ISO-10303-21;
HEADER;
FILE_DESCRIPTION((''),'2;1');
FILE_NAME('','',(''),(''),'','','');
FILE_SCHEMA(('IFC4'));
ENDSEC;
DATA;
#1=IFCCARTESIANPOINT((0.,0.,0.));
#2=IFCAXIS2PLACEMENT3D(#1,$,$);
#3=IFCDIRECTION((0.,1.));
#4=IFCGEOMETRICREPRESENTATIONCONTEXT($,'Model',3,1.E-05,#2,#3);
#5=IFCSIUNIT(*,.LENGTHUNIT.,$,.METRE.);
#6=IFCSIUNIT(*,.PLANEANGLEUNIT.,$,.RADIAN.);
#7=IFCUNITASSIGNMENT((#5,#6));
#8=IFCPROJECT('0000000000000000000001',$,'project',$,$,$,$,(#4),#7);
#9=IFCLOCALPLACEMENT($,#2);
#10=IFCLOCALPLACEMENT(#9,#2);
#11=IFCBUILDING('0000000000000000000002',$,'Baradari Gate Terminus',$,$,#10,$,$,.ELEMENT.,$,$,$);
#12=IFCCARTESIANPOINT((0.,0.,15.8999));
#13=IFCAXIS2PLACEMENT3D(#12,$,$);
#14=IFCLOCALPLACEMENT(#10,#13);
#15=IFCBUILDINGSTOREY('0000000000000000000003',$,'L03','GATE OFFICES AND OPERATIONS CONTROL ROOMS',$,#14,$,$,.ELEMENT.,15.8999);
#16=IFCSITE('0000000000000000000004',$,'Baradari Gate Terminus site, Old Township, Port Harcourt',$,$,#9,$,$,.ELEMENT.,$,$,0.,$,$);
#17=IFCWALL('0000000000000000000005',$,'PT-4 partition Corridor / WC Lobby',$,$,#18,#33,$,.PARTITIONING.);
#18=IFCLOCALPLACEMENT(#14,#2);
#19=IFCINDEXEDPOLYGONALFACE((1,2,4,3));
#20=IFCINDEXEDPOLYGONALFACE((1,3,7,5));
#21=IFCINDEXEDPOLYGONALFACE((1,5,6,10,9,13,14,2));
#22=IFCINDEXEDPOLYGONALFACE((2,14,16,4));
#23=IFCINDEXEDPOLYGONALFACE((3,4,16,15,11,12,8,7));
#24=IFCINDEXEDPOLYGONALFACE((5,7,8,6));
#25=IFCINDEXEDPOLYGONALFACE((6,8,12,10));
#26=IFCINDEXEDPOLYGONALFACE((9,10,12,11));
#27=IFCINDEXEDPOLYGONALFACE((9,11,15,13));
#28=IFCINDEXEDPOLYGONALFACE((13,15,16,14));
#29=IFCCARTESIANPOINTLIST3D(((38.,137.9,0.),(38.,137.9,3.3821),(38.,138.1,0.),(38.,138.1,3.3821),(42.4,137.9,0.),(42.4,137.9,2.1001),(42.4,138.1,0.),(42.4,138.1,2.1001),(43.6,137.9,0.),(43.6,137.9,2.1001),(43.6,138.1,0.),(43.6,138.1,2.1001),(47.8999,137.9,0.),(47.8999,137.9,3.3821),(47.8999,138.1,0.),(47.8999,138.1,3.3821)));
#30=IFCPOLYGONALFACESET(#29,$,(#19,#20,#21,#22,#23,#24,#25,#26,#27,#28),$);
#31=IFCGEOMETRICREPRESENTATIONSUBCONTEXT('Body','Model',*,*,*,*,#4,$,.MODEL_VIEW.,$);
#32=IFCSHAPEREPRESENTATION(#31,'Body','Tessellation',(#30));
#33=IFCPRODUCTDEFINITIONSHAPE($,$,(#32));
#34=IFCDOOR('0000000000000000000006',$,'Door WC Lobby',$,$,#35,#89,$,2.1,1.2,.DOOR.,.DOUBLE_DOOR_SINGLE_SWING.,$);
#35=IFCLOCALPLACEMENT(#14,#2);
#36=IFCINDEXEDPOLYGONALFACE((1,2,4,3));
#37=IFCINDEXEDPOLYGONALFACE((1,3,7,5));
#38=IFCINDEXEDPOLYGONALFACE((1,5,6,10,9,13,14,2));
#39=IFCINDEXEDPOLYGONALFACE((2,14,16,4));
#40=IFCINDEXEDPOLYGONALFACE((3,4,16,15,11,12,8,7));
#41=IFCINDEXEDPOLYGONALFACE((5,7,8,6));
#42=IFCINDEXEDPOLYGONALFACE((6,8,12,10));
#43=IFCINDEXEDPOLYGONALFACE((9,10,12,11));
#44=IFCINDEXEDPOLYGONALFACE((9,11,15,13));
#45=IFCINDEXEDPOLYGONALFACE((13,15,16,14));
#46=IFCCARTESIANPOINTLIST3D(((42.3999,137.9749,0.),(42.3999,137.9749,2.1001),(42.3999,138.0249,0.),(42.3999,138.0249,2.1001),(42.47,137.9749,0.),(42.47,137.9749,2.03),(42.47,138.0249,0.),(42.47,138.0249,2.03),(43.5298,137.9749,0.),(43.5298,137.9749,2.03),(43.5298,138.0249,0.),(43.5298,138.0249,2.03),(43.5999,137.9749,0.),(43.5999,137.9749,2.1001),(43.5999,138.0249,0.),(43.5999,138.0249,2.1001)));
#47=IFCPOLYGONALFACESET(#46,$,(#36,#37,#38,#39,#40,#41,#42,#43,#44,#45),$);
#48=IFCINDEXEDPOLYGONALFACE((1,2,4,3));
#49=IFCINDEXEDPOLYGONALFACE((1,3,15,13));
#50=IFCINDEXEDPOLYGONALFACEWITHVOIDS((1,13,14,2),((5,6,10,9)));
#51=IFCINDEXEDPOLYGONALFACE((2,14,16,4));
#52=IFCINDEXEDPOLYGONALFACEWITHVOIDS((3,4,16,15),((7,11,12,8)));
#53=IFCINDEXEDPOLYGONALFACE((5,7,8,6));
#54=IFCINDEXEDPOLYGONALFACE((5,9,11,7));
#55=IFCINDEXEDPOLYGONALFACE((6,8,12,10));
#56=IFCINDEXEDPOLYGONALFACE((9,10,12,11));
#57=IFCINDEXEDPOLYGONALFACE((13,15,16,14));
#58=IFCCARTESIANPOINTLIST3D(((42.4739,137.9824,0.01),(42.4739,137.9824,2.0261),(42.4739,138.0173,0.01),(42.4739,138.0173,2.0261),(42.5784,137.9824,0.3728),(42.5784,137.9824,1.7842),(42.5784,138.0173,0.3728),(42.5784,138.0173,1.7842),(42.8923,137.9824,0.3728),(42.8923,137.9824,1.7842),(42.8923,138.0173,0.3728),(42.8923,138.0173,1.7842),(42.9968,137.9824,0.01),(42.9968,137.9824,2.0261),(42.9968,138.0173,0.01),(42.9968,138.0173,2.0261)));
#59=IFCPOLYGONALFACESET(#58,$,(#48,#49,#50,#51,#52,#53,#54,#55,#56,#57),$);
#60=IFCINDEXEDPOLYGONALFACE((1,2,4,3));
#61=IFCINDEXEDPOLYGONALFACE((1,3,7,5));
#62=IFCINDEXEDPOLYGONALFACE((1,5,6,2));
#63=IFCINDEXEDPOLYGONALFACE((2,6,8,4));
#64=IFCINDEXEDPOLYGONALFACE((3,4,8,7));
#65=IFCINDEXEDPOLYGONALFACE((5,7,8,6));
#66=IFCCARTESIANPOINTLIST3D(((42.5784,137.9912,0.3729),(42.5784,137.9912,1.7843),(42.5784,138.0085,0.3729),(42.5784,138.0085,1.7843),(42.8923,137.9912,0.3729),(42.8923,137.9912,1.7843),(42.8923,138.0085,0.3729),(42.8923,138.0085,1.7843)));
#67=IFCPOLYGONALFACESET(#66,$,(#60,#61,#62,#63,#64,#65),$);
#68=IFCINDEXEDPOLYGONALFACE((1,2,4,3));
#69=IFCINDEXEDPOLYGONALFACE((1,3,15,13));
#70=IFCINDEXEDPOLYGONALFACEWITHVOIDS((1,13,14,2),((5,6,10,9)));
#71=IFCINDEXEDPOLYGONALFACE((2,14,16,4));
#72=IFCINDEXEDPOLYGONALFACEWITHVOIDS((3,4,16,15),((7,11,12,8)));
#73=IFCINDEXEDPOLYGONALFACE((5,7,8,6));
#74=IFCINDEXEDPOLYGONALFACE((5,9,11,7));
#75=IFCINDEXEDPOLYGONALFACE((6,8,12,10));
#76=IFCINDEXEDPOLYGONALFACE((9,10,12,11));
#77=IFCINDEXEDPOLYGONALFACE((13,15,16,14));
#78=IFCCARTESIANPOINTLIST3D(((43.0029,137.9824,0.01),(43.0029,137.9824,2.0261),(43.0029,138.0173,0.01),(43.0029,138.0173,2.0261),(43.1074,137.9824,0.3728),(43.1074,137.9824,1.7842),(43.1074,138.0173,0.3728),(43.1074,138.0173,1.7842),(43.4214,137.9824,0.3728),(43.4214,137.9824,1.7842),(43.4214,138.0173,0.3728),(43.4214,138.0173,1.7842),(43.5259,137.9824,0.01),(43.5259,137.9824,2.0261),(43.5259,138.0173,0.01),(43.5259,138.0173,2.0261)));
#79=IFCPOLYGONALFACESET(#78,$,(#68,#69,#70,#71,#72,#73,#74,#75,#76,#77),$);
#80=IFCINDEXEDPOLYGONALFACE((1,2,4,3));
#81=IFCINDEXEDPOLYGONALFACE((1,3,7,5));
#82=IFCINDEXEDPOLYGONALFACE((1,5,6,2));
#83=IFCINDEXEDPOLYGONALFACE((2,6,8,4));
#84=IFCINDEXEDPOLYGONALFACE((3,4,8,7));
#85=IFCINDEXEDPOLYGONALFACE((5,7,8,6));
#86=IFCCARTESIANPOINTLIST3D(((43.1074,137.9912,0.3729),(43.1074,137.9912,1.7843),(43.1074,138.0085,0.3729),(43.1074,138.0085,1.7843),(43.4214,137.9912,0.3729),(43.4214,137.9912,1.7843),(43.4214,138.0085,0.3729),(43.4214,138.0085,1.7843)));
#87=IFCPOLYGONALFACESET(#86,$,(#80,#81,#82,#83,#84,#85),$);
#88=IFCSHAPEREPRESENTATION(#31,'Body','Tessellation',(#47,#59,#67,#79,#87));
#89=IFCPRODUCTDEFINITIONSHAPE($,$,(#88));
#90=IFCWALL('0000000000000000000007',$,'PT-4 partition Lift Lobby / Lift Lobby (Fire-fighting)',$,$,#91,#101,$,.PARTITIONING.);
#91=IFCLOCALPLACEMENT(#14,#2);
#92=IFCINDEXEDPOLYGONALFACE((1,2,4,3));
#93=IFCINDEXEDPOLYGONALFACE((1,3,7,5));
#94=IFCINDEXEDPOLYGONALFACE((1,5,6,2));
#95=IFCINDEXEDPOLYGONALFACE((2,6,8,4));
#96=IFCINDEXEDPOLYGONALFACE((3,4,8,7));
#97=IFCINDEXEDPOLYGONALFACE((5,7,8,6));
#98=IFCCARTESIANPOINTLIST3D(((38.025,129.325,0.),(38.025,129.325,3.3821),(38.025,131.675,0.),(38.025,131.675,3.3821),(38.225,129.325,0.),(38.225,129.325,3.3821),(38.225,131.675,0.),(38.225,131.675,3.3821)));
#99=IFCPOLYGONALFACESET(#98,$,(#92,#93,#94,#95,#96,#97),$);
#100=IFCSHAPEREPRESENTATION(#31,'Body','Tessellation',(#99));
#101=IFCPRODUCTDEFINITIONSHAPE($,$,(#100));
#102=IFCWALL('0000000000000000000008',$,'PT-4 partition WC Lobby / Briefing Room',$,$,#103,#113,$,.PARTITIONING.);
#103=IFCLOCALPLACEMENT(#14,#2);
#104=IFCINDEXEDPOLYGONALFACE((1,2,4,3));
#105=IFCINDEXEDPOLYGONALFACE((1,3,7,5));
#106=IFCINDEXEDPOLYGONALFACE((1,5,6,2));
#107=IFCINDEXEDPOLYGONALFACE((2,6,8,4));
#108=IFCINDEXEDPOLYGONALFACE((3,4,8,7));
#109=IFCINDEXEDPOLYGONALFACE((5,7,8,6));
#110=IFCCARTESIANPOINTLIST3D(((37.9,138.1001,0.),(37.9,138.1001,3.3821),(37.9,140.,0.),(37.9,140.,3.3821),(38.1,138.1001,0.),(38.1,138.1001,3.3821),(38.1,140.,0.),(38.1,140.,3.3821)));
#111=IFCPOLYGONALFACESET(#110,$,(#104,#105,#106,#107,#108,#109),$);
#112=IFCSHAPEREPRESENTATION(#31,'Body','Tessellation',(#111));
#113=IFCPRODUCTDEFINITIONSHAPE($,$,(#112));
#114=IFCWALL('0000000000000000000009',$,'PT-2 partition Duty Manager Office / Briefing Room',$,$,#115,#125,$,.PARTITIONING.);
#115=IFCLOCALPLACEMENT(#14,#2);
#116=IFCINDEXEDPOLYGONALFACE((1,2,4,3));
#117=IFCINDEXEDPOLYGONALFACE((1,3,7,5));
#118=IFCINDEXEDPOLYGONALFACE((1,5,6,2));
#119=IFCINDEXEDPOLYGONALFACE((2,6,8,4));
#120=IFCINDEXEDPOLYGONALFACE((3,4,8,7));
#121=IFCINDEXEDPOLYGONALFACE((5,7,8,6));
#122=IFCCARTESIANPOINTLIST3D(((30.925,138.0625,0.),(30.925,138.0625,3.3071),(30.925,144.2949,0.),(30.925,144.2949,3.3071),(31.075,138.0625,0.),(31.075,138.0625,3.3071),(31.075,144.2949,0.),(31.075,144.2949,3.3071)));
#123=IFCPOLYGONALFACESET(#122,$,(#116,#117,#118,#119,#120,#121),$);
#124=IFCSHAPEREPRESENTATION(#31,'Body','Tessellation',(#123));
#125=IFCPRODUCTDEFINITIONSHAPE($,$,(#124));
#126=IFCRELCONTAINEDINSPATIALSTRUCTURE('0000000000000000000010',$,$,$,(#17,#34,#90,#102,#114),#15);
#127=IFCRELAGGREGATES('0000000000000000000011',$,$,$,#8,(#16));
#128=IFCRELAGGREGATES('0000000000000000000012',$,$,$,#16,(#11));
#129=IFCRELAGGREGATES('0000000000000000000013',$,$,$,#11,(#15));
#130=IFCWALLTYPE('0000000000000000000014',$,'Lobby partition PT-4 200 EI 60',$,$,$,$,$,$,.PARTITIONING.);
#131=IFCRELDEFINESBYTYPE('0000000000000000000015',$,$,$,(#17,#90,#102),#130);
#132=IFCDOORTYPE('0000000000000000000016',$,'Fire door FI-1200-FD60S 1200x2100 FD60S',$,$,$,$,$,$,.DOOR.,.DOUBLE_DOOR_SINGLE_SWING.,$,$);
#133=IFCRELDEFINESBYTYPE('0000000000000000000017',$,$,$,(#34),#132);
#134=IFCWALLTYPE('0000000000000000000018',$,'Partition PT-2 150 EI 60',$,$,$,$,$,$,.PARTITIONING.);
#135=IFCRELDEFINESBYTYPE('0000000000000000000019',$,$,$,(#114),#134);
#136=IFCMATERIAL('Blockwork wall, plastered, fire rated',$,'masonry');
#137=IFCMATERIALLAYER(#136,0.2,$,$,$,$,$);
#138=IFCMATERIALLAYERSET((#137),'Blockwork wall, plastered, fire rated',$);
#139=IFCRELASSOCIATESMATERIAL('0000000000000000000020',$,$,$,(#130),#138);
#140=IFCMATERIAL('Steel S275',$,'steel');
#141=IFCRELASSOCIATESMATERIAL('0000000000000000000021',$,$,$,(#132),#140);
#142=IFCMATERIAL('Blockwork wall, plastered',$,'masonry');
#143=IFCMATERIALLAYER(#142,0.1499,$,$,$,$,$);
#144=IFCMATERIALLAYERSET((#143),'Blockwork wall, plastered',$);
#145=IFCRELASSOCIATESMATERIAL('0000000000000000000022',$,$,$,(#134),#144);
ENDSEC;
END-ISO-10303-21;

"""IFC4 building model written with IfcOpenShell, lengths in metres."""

from ifc_helpers import new_model, si_unit, direction, frame, frame_2d, origin, place, context, subcontext, project, spatial, polyline, rectangle, outline, extrude, material, layer, layer_set, type_object, element, fill, save


model = new_model("IFC4")

# Units and contexts
model_context = context("Model", 3, precision=1e-05, world=origin(), true_north=direction((0.0, 1.0)))
body_context = subcontext(model_context, "Body", "Model", "MODEL_VIEW")
ifc_project = project(units=[si_unit("LENGTHUNIT", "METRE"), si_unit("PLANEANGLEUNIT", "RADIAN")], contexts=[model_context])

# Site, building, storey
site_placement = place(None, origin())
site = spatial("IfcSite", under=ifc_project, at=site_placement, Name="Baradari Gate Terminus site, Old Township, Port Harcourt", CompositionType="ELEMENT", RefElevation=0.0)
building_placement = place(site_placement, origin())
building = spatial("IfcBuilding", under=site, at=building_placement, Name="Baradari Gate Terminus", CompositionType="ELEMENT")
storey_placement = place(building_placement, frame((0.0, 0.0, 15.8999)))
storey = spatial("IfcBuildingStorey", under=building, at=storey_placement, Name="L03", Description="GATE OFFICES AND OPERATIONS CONTROL ROOMS", CompositionType="ELEMENT", Elevation=15.8999)

# Wall, opening, door
ifc_material_1 = material(Name="Blockwork wall, plastered, fire rated", Category="masonry")
ifc_layer_1 = layer(ifc_material_1, 0.2)
ifc_layer_set_1 = layer_set([ifc_layer_1], Name="Blockwork wall, plastered, fire rated")
wall_type_1 = type_object("IfcWallType", Name="Lobby partition PT-4 200 EI 60", PredefinedType="PARTITIONING", material=ifc_layer_set_1)
wall_1_placement = place(storey_placement, frame((38.0, 138.0, 0.0), z_axis=(0.0, 0.0, 1.0), x_axis=(1.0, 0.0, 0.0)))
wall_1 = element("IfcWall", 1, at=wall_1_placement, inside=storey, type_object=wall_type_1, Name="PT-4 partition Corridor / WC Lobby", PredefinedType="PARTITIONING", context=body_context, shape_type="SweptSolid", body=[
    extrude(rectangle(XDim=9.8999, YDim=0.2, at=frame_2d((4.95, 0.0))), origin(), (0.0, 0.0, 1.0), 3.3821),
])
opening_1_placement = place(wall_1_placement, frame((4.3999, 0.0, 0.0)))
opening_1 = element("IfcOpeningElement", 2, at=opening_1_placement, cuts=wall_1, PredefinedType="OPENING", context=body_context, shape_type="SweptSolid", body=[
    extrude(rectangle(XDim=1.2, YDim=2.1001, at=frame_2d((0.6001, 1.05))), frame((0.0, 0.1099, 0.0), z_axis=(0.0, -1.0, 0.0), x_axis=(1.0, 0.0, 0.0)), (0.0, 0.0, 1.0), 0.22),
])
ifc_material_2 = material(Name="Steel S275", Category="steel")
door_type_1 = type_object("IfcDoorType", Name="Fire door FI-1200-FD60S 1200x2100 FD60S", OperationType="DOUBLE_DOOR_SINGLE_SWING", PredefinedType="DOOR", material=ifc_material_2)
door_1_placement = place(opening_1_placement, origin())
door_1 = element("IfcDoor", 3, at=door_1_placement, inside=storey, type_object=door_type_1, Name="Door WC Lobby", OperationType="DOUBLE_DOOR_SINGLE_SWING", OverallHeight=2.1, OverallWidth=1.2, PredefinedType="DOOR", context=body_context, shape_type="SweptSolid", body=[
    extrude(outline(polyline([(0.0, 0.0), (0.0701, 0.0), (0.0701, 2.03), (1.1299, 2.03), (1.1299, 0.0), (1.2, 0.0), (1.2, 2.1001), (0.0, 2.1001), (0.0, 0.0)])), frame((0.0, 0.0249, 0.0), z_axis=(0.0, -1.0, 0.0), x_axis=(1.0, 0.0, 0.0)), (0.0, 0.0, 1.0), 0.05),
    extrude(outline(polyline([(0.074, 0.01), (0.5969, 0.01), (0.5969, 2.0261), (0.074, 2.0261), (0.074, 0.01)]), holes=[polyline([(0.1785, 0.3728), (0.4924, 0.3728), (0.4924, 1.7842), (0.1785, 1.7842), (0.1785, 0.3728)])]), frame((0.0, 0.0173, 0.0), z_axis=(0.0, -1.0, 0.0), x_axis=(1.0, 0.0, 0.0)), (0.0, 0.0, 1.0), 0.0349),
    extrude(rectangle(XDim=0.314, YDim=1.4114, at=frame_2d((0.3354, 1.0786))), frame((0.0, 0.0085, 0.0), z_axis=(0.0, -1.0, 0.0), x_axis=(1.0, 0.0, 0.0)), (0.0, 0.0, 1.0), 0.0173),
    extrude(outline(polyline([(0.603, 0.01), (1.126, 0.01), (1.126, 2.0261), (0.603, 2.0261), (0.603, 0.01)]), holes=[polyline([(0.7075, 0.3728), (1.0215, 0.3728), (1.0215, 1.7842), (0.7075, 1.7842), (0.7075, 0.3728)])]), frame((0.0, 0.0173, 0.0), z_axis=(0.0, -1.0, 0.0), x_axis=(1.0, 0.0, 0.0)), (0.0, 0.0, 1.0), 0.0349),
    extrude(rectangle(XDim=0.314, YDim=1.4114, at=frame_2d((0.8645, 1.0786))), frame((0.0, 0.0085, 0.0), z_axis=(0.0, -1.0, 0.0), x_axis=(1.0, 0.0, 0.0)), (0.0, 0.0, 1.0), 0.0173),
])
fill(opening_1, door_1)

# Walls
wall_2_placement = place(storey_placement, frame((38.125, 131.675, 0.0), z_axis=(0.0, 0.0, 1.0), x_axis=(0.0, -1.0, 0.0)))
element("IfcWall", 4, at=wall_2_placement, inside=storey, type_object=wall_type_1, Name="PT-4 partition Lift Lobby / Lift Lobby (Fire-fighting)", PredefinedType="PARTITIONING", context=body_context, shape_type="SweptSolid", body=[
    extrude(rectangle(XDim=2.3501, YDim=0.2, at=frame_2d((1.175, 0.0))), origin(), (0.0, 0.0, 1.0), 3.3821),
])
wall_3_placement = place(storey_placement, frame((38.0, 138.1001, 0.0), z_axis=(0.0, 0.0, 1.0), x_axis=(0.0, 1.0, 0.0)))
element("IfcWall", 5, at=wall_3_placement, inside=storey, type_object=wall_type_1, Name="PT-4 partition WC Lobby / Briefing Room", PredefinedType="PARTITIONING", context=body_context, shape_type="SweptSolid", body=[
    extrude(rectangle(XDim=1.8999, YDim=0.2, at=frame_2d((0.95, 0.0))), origin(), (0.0, 0.0, 1.0), 3.3821),
])
ifc_material_3 = material(Name="Blockwork wall, plastered", Category="masonry")
ifc_layer_2 = layer(ifc_material_3, 0.1499)
ifc_layer_set_2 = layer_set([ifc_layer_2], Name="Blockwork wall, plastered")
wall_type_2 = type_object("IfcWallType", Name="Partition PT-2 150 EI 60", PredefinedType="PARTITIONING", material=ifc_layer_set_2)
wall_4_placement = place(storey_placement, frame((31.0, 144.2949, 0.0), z_axis=(0.0, 0.0, 1.0), x_axis=(0.0, -1.0, 0.0)))
element("IfcWall", 6, at=wall_4_placement, inside=storey, type_object=wall_type_2, Name="PT-2 partition Duty Manager Office / Briefing Room", PredefinedType="PARTITIONING", context=body_context, shape_type="SweptSolid", body=[
    extrude(rectangle(XDim=6.2324, YDim=0.1499, at=frame_2d((3.1162, 0.0))), origin(), (0.0, 0.0, 1.0), 3.3071),
])

save(model, "model.ifc")
